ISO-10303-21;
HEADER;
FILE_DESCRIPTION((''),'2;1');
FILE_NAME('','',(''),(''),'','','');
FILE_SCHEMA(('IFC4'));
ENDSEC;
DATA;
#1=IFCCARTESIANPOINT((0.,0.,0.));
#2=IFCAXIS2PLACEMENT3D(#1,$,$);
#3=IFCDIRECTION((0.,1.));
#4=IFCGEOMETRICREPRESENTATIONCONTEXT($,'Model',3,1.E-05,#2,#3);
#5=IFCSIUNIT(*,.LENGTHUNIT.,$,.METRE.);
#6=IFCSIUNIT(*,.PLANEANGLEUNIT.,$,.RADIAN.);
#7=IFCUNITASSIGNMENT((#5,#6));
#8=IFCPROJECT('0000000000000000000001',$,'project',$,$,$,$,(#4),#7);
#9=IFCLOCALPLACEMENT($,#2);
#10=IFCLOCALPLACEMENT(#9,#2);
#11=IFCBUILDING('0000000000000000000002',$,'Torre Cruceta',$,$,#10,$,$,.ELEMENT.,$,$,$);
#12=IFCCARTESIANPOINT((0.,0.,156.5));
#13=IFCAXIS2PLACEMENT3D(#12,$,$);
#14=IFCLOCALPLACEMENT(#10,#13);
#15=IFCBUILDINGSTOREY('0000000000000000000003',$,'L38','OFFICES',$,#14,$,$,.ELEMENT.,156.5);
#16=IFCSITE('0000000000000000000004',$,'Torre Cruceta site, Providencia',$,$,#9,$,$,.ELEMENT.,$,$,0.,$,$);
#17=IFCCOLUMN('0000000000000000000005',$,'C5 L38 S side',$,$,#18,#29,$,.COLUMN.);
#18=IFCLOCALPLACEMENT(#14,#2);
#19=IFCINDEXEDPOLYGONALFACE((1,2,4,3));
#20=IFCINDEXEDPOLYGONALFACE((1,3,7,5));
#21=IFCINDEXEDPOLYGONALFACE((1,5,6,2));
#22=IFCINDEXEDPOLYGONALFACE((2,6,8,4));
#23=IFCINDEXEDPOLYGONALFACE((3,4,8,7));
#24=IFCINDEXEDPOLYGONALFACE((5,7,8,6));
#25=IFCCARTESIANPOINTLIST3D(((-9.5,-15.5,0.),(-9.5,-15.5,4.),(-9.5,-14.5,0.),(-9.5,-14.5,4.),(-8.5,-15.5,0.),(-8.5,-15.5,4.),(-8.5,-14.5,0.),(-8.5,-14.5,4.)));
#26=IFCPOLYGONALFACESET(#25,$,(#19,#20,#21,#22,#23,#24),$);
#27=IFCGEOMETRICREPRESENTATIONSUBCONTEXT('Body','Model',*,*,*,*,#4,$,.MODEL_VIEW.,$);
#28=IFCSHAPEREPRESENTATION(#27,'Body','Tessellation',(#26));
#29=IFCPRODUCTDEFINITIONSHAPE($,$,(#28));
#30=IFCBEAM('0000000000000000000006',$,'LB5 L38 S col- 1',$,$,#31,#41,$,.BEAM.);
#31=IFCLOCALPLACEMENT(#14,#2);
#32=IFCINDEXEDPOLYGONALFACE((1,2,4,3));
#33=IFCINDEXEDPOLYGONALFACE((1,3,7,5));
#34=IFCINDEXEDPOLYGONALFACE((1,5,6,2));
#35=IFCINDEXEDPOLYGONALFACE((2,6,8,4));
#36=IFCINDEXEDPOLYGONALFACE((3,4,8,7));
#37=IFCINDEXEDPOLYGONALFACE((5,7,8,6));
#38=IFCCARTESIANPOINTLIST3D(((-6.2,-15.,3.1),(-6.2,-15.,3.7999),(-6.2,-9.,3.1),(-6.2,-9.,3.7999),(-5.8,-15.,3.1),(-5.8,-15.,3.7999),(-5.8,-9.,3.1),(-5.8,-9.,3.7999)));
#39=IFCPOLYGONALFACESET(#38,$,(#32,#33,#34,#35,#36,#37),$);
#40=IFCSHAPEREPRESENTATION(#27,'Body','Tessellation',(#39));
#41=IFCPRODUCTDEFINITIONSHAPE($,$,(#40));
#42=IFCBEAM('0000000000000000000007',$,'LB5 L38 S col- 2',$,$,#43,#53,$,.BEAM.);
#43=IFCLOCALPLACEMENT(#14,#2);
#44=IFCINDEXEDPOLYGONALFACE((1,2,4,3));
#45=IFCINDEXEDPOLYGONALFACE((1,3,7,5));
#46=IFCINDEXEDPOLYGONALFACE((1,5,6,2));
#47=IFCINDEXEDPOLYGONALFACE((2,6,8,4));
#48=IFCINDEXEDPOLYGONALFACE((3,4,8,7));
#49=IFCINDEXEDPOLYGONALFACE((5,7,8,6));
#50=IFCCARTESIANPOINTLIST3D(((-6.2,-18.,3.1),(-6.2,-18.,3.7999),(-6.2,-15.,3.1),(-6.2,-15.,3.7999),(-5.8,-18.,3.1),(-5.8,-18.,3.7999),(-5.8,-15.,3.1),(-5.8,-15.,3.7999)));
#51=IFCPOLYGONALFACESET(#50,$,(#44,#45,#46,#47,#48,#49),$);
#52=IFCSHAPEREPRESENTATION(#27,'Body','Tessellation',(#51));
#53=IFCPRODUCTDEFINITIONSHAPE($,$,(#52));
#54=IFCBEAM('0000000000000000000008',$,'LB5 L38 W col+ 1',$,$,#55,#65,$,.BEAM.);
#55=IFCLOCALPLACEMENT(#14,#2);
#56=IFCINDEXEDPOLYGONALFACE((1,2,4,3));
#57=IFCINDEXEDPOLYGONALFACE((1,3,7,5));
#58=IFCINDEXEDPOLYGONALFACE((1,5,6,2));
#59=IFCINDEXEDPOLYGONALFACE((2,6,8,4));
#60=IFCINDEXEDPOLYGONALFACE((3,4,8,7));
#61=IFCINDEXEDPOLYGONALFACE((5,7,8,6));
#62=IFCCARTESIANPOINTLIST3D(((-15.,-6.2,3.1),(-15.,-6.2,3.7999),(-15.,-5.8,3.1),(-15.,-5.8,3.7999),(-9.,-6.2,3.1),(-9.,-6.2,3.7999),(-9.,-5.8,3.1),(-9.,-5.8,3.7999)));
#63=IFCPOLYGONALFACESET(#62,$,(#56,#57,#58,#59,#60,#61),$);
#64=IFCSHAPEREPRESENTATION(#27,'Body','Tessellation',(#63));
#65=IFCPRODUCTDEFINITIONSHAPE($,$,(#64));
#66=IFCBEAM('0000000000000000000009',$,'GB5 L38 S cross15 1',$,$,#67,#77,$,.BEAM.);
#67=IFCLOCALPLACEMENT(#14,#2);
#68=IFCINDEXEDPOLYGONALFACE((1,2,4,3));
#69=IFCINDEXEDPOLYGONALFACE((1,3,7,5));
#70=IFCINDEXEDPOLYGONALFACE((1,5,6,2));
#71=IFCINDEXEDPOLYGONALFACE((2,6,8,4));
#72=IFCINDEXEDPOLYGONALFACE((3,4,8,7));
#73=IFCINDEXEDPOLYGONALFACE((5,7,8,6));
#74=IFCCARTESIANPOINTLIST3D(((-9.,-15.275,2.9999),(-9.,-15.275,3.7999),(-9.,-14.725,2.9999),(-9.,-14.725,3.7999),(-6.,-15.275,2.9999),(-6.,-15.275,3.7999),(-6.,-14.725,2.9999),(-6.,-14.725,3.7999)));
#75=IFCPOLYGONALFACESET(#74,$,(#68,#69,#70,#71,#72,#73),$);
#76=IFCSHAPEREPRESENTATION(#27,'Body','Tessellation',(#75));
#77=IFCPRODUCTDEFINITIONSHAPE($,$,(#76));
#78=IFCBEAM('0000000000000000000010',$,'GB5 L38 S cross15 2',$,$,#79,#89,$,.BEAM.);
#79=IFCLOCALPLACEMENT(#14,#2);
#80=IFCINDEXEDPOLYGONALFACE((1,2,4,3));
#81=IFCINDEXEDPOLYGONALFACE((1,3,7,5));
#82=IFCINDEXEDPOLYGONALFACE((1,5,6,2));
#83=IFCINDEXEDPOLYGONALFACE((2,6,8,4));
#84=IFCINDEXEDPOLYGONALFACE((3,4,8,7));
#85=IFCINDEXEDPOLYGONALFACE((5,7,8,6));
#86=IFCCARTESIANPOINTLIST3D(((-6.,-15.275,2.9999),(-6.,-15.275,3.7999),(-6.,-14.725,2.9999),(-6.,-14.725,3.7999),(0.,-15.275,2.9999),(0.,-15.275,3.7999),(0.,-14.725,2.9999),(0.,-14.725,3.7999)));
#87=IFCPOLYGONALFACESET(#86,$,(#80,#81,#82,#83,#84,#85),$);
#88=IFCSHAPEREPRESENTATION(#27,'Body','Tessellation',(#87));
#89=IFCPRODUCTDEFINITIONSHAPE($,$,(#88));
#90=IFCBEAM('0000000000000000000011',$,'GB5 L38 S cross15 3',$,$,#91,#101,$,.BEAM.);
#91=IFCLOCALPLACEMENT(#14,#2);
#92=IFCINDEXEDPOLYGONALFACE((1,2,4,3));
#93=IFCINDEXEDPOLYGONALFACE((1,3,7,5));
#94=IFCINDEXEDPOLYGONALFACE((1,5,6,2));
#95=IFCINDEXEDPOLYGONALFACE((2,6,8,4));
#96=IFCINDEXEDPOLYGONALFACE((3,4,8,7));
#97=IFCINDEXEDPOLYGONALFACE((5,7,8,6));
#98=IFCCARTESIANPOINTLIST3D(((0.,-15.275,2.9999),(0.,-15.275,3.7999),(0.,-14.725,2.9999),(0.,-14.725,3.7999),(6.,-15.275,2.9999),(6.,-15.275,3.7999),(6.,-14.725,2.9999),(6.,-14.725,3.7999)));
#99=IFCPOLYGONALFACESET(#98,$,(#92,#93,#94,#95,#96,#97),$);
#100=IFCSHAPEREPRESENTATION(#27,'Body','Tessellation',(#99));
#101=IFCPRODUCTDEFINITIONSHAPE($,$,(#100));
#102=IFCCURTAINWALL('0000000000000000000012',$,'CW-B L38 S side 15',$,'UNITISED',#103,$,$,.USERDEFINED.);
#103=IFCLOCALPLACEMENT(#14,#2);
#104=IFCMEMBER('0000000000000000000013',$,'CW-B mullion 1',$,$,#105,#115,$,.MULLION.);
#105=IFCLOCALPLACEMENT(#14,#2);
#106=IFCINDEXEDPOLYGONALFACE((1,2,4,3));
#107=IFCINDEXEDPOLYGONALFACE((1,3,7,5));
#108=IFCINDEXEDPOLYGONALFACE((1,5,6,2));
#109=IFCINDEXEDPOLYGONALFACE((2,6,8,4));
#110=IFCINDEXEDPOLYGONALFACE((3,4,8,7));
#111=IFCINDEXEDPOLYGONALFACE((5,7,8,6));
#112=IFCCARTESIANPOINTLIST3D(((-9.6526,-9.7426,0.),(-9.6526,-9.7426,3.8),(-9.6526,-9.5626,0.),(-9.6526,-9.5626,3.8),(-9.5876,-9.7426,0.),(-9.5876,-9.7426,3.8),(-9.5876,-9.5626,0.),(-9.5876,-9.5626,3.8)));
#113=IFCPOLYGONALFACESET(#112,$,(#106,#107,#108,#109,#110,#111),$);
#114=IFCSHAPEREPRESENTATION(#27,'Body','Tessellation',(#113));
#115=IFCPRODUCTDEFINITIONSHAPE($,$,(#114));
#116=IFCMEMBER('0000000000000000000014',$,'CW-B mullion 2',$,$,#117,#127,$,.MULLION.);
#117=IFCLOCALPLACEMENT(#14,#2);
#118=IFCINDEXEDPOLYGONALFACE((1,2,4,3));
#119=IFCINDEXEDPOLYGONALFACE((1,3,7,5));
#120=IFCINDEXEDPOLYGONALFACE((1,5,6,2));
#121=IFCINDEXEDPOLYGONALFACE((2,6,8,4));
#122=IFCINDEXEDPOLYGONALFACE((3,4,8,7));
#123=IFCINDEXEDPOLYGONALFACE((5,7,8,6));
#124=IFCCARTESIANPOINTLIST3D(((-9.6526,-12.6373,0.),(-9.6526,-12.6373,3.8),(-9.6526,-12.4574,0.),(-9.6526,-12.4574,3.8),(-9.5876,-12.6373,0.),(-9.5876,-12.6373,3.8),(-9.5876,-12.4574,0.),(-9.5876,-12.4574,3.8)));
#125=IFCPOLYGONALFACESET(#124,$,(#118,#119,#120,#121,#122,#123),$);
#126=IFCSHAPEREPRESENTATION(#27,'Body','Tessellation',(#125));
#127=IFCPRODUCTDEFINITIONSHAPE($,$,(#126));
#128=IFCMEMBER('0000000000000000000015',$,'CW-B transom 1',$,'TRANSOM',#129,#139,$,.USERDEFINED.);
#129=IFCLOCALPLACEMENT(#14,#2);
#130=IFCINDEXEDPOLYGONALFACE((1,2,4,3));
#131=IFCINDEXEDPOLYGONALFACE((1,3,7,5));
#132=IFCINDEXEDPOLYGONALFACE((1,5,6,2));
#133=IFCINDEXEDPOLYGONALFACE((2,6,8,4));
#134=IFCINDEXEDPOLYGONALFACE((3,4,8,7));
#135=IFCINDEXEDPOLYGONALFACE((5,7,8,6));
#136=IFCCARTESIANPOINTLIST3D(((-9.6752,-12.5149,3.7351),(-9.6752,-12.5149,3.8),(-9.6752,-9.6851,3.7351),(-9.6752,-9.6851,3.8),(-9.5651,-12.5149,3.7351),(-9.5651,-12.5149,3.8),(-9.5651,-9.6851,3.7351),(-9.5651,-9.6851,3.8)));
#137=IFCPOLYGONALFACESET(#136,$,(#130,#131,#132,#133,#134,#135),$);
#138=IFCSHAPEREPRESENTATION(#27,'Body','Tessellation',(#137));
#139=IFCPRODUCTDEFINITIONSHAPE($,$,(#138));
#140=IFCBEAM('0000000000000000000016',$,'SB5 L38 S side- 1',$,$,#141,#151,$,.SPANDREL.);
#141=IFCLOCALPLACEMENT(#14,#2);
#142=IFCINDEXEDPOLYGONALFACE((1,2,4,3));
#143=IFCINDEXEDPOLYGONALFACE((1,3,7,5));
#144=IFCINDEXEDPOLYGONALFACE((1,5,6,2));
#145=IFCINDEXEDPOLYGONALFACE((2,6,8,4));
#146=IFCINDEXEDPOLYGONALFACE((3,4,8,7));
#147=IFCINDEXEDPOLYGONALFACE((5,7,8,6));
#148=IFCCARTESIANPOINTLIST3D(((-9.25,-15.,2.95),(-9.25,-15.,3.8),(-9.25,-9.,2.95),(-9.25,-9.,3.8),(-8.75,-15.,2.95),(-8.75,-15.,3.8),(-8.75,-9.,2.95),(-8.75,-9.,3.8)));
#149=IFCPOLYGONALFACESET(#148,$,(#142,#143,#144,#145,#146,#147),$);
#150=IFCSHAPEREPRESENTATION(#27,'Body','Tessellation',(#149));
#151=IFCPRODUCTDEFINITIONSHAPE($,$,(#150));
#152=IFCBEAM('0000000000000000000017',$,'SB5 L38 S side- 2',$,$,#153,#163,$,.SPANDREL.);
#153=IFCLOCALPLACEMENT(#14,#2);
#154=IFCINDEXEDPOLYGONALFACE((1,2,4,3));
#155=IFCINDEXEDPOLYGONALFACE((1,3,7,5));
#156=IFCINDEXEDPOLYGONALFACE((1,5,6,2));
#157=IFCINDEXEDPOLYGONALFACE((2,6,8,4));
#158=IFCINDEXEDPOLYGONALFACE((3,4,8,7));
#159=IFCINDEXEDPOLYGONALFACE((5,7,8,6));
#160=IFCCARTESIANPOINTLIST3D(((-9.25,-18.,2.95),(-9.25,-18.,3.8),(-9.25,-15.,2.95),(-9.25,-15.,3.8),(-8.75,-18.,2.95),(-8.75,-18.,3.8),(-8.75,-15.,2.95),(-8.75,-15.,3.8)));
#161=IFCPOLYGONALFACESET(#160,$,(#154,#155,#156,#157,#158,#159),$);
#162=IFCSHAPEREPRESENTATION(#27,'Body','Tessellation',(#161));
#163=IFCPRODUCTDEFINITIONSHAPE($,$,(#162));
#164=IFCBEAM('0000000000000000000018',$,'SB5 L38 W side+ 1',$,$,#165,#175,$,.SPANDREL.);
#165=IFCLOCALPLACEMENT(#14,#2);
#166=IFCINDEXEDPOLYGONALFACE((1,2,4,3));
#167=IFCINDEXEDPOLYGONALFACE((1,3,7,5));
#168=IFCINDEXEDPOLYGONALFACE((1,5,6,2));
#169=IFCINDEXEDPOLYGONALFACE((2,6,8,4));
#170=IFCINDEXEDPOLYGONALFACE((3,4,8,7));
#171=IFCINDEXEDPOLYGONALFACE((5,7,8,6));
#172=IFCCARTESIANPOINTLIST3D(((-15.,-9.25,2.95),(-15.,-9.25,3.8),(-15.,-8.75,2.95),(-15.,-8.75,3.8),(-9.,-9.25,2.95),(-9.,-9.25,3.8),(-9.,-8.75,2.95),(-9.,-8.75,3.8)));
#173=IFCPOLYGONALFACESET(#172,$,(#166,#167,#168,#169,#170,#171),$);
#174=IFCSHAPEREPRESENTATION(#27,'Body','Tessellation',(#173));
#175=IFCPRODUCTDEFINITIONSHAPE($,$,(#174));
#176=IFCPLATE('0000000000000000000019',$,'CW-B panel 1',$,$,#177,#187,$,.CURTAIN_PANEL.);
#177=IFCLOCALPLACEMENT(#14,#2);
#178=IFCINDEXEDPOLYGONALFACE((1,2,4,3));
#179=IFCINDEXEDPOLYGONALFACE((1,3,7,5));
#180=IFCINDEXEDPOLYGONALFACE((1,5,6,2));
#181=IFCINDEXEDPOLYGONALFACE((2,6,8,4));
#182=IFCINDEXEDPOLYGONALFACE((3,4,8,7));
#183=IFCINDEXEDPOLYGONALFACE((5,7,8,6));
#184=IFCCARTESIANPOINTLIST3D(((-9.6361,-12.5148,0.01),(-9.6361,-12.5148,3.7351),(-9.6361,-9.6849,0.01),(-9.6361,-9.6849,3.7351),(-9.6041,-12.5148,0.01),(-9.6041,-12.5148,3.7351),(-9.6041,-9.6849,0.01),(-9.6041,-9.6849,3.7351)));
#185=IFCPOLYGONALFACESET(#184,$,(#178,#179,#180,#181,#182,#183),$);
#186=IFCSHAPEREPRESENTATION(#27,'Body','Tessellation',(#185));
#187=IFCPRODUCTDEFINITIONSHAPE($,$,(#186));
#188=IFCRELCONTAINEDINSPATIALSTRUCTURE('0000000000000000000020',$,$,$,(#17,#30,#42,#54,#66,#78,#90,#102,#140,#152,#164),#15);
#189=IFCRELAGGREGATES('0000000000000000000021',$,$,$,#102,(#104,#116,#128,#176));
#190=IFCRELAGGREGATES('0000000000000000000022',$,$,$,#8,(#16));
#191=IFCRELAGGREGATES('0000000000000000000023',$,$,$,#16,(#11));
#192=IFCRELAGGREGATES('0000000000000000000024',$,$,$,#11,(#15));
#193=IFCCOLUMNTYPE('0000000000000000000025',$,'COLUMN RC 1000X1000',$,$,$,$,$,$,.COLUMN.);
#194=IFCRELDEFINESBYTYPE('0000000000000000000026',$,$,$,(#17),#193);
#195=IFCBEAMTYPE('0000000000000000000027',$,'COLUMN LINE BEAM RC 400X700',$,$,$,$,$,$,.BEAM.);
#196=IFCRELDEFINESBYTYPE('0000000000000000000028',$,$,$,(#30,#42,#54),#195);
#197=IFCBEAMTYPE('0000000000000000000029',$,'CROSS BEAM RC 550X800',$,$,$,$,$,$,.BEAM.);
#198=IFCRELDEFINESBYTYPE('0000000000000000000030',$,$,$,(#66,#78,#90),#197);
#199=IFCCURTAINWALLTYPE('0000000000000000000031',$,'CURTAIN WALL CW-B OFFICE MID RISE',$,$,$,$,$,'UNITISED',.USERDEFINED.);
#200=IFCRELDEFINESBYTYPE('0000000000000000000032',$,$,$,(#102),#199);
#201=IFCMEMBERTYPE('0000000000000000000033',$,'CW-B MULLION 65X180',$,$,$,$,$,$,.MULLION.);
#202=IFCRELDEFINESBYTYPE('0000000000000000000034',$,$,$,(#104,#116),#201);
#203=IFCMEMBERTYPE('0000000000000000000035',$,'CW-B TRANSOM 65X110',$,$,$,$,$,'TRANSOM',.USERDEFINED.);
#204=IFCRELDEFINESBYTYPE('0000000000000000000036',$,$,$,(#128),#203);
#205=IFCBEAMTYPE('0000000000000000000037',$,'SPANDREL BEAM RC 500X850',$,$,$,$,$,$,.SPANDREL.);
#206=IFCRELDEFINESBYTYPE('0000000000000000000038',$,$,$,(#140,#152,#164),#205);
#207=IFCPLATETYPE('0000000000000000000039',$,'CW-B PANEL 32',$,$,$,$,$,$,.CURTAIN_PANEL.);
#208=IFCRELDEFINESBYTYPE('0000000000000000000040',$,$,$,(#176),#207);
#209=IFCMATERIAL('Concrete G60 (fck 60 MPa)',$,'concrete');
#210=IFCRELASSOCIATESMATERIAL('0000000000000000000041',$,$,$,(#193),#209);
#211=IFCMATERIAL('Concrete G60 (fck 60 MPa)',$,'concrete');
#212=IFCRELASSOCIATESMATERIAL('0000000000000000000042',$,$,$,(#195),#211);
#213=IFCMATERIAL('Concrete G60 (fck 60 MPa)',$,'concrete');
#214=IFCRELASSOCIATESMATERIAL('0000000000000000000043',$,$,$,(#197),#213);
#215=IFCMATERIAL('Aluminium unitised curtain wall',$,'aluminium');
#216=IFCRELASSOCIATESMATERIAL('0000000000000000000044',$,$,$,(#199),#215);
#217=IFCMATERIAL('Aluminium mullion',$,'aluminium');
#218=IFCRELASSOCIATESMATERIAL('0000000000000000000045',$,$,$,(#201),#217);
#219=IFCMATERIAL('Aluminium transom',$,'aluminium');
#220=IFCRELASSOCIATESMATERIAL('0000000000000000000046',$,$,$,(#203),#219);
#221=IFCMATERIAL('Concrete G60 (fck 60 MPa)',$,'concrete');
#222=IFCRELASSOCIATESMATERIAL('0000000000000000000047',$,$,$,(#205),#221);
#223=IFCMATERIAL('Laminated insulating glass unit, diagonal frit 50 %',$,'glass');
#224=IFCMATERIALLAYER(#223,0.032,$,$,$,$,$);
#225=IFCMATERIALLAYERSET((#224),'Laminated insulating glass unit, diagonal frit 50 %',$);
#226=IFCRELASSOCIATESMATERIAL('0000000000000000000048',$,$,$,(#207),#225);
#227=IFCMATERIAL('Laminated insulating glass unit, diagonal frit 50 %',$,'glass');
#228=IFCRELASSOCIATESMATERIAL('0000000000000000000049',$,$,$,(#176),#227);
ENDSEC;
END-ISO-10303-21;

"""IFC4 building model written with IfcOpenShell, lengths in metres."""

from ifc_helpers import new_model, si_unit, direction, frame, origin, origin_2d, place, context, subcontext, project, spatial, rectangle, extrude, material, layer, layer_set, material_profile, profile_set, type_object, element, aggregate, save


model = new_model("IFC4")

# Units and contexts
model_context = context("Model", 3, precision=1e-05, world=origin(), true_north=direction((0.0, 1.0)))
body_context = subcontext(model_context, "Body", "Model", "MODEL_VIEW")
ifc_project = project(units=[si_unit("LENGTHUNIT", "METRE"), si_unit("PLANEANGLEUNIT", "RADIAN")], contexts=[model_context])

# Site, building, storey
site_placement = place(None, origin())
site = spatial("IfcSite", under=ifc_project, at=site_placement, Name="Torre Cruceta site, Providencia", CompositionType="ELEMENT", RefElevation=0.0)
building_placement = place(site_placement, origin())
building = spatial("IfcBuilding", under=site, at=building_placement, Name="Torre Cruceta", CompositionType="ELEMENT")
storey_placement = place(building_placement, frame((0.0, 0.0, 156.5)))
storey = spatial("IfcBuildingStorey", under=building, at=storey_placement, Name="L38", Description="OFFICES", CompositionType="ELEMENT", Elevation=156.5)

# Column
ifc_material_1 = material(Name="Concrete G60 (fck 60 MPa)", Category="concrete")
ifc_material_profile_1 = material_profile(ifc_material_1, rectangle(XDim=1.0, YDim=1.0, at=origin_2d()), Name="RC 1000X1000")
ifc_profile_set_1 = profile_set([ifc_material_profile_1], Name="Concrete G60 (fck 60 MPa)")
column_type = type_object("IfcColumnType", Name="COLUMN RC 1000X1000", PredefinedType="COLUMN", material=ifc_profile_set_1)
column_placement = place(storey_placement, frame((-9.0, -15.0, 0.0), z_axis=(0.0, 0.0, 1.0), x_axis=(1.0, 0.0, 0.0)))
element("IfcColumn", 1, at=column_placement, inside=storey, type_object=column_type, Name="C5 L38 S side", PredefinedType="COLUMN", context=body_context, shape_type="SweptSolid", body=[
    extrude(rectangle(XDim=1.0, YDim=1.0, at=origin_2d()), origin(), (0.0, 0.0, 1.0), 4.0),
])

# Beams
ifc_material_2 = material(Name="Concrete G60 (fck 60 MPa)", Category="concrete")
ifc_material_profile_2 = material_profile(ifc_material_2, rectangle(XDim=0.3999, YDim=0.7, at=origin_2d()), Name="RC 400X700")
ifc_profile_set_2 = profile_set([ifc_material_profile_2], Name="Concrete G60 (fck 60 MPa)")
beam_type_1 = type_object("IfcBeamType", Name="COLUMN LINE BEAM RC 400X700", PredefinedType="BEAM", material=ifc_profile_set_2)
beam_1_placement = place(storey_placement, frame((-6.0, -9.0, 3.45), z_axis=(0.0, -1.0, 0.0), x_axis=(1.0, 0.0, 0.0)))
element("IfcBeam", 2, at=beam_1_placement, inside=storey, type_object=beam_type_1, Name="LB5 L38 S col- 1", PredefinedType="BEAM", context=body_context, shape_type="SweptSolid", body=[
    extrude(rectangle(XDim=0.3999, YDim=0.7, at=origin_2d()), origin(), (0.0, 0.0, 1.0), 6.0),
])
beam_2_placement = place(storey_placement, frame((-6.0, -15.0, 3.45), z_axis=(0.0, -1.0, 0.0), x_axis=(1.0, 0.0, 0.0)))
element("IfcBeam", 3, at=beam_2_placement, inside=storey, type_object=beam_type_1, Name="LB5 L38 S col- 2", PredefinedType="BEAM", context=body_context, shape_type="SweptSolid", body=[
    extrude(rectangle(XDim=0.3999, YDim=0.7, at=origin_2d()), origin(), (0.0, 0.0, 1.0), 3.0),
])
beam_3_placement = place(storey_placement, frame((-9.0, -6.0, 3.45), z_axis=(-1.0, 0.0, 0.0), x_axis=(0.0, -1.0, 0.0)))
element("IfcBeam", 4, at=beam_3_placement, inside=storey, type_object=beam_type_1, Name="LB5 L38 W col+ 1", PredefinedType="BEAM", context=body_context, shape_type="SweptSolid", body=[
    extrude(rectangle(XDim=0.3999, YDim=0.7, at=origin_2d()), origin(), (0.0, 0.0, 1.0), 6.0),
])
ifc_material_3 = material(Name="Concrete G60 (fck 60 MPa)", Category="concrete")
ifc_material_profile_3 = material_profile(ifc_material_3, rectangle(XDim=0.55, YDim=0.8, at=origin_2d()), Name="RC 550X800")
ifc_profile_set_3 = profile_set([ifc_material_profile_3], Name="Concrete G60 (fck 60 MPa)")
beam_type_2 = type_object("IfcBeamType", Name="CROSS BEAM RC 550X800", PredefinedType="BEAM", material=ifc_profile_set_3)
beam_4_placement = place(storey_placement, frame((-9.0, -15.0, 3.3999), z_axis=(1.0, 0.0, 0.0), x_axis=(0.0, 1.0, 0.0)))
element("IfcBeam", 5, at=beam_4_placement, inside=storey, type_object=beam_type_2, Name="GB5 L38 S cross15 1", PredefinedType="BEAM", context=body_context, shape_type="SweptSolid", body=[
    extrude(rectangle(XDim=0.55, YDim=0.8, at=origin_2d()), origin(), (0.0, 0.0, 1.0), 3.0),
])
for number, where, z_axis, x_axis, name in (
    (6, (-6.0, -15.0, 3.3999), (1.0, 0.0, 0.0), (0.0, 1.0, 0.0), "GB5 L38 S cross15 2"),
    (7, (0.0, -15.0, 3.3999), (1.0, 0.0, 0.0), (0.0, 1.0, 0.0), "GB5 L38 S cross15 3"),
):
    element("IfcBeam", number, at=place(storey_placement, frame(where, z_axis=z_axis, x_axis=x_axis)), inside=storey, type_object=beam_type_2, Name=name, PredefinedType="BEAM", context=body_context, shape_type="SweptSolid", body=[
        extrude(rectangle(XDim=0.55, YDim=0.8, at=origin_2d()), origin(), (0.0, 0.0, 1.0), 6.0),
    ])

# Curtain wall, members
ifc_material_4 = material(Name="Aluminium unitised curtain wall", Category="aluminium")
curtain_wall_type = type_object("IfcCurtainWallType", Name="CURTAIN WALL CW-B OFFICE MID RISE", ElementType="UNITISED", PredefinedType="USERDEFINED", material=ifc_material_4)
curtain_wall_placement = place(storey_placement, origin())
curtain_wall = element("IfcCurtainWall", 8, at=curtain_wall_placement, inside=storey, type_object=curtain_wall_type, Name="CW-B L38 S side 15", ObjectType="UNITISED", PredefinedType="USERDEFINED")
ifc_material_5 = material(Name="Aluminium mullion", Category="aluminium")
ifc_material_profile_4 = material_profile(ifc_material_5, rectangle(XDim=0.0649, YDim=0.1799, at=origin_2d()), Name="AL 65X180")
ifc_profile_set_4 = profile_set([ifc_material_profile_4], Name="Aluminium mullion")
member_type_1 = type_object("IfcMemberType", Name="CW-B MULLION 65X180", PredefinedType="MULLION", material=ifc_profile_set_4)
member_1_placement = place(storey_placement, frame((-9.6201, -9.6526, 0.0), z_axis=(0.0, 0.0, 1.0), x_axis=(1.0, 0.0, 0.0)))
member_1 = element("IfcMember", 9, at=member_1_placement, type_object=member_type_1, Name="CW-B mullion 1", PredefinedType="MULLION", context=body_context, shape_type="SweptSolid", body=[
    extrude(rectangle(XDim=0.0649, YDim=0.1799, at=origin_2d()), origin(), (0.0, 0.0, 1.0), 3.8),
])
member_2_placement = place(storey_placement, frame((-9.6201, -12.5474, 0.0), z_axis=(0.0, 0.0, 1.0), x_axis=(1.0, 0.0, 0.0)))
member_2 = element("IfcMember", 10, at=member_2_placement, type_object=member_type_1, Name="CW-B mullion 2", PredefinedType="MULLION", context=body_context, shape_type="SweptSolid", body=[
    extrude(rectangle(XDim=0.0649, YDim=0.1799, at=origin_2d()), origin(), (0.0, 0.0, 1.0), 3.8),
])
ifc_material_6 = material(Name="Aluminium transom", Category="aluminium")
ifc_material_profile_5 = material_profile(ifc_material_6, rectangle(XDim=0.1101, YDim=0.0649, at=origin_2d()), Name="AL 110X65")
ifc_profile_set_5 = profile_set([ifc_material_profile_5], Name="Aluminium transom")
member_type_2 = type_object("IfcMemberType", Name="CW-B TRANSOM 65X110", ElementType="TRANSOM", PredefinedType="USERDEFINED", material=ifc_profile_set_5)
member_3_placement = place(storey_placement, frame((-9.6201, -9.6851, 3.7676), z_axis=(0.0, -1.0, 0.0), x_axis=(1.0, 0.0, 0.0)))
member_3 = element("IfcMember", 11, at=member_3_placement, type_object=member_type_2, Name="CW-B transom 1", ObjectType="TRANSOM", PredefinedType="USERDEFINED", context=body_context, shape_type="SweptSolid", body=[
    extrude(rectangle(XDim=0.1101, YDim=0.0649, at=origin_2d()), origin(), (0.0, 0.0, 1.0), 2.8298),
])

# Beams
ifc_material_7 = material(Name="Concrete G60 (fck 60 MPa)", Category="concrete")
ifc_material_profile_6 = material_profile(ifc_material_7, rectangle(XDim=0.5, YDim=0.8501, at=origin_2d()), Name="RC 500X850")
ifc_profile_set_6 = profile_set([ifc_material_profile_6], Name="Concrete G60 (fck 60 MPa)")
beam_type_3 = type_object("IfcBeamType", Name="SPANDREL BEAM RC 500X850", PredefinedType="SPANDREL", material=ifc_profile_set_6)
beam_5_placement = place(storey_placement, frame((-9.0, -9.0, 3.375), z_axis=(0.0, -1.0, 0.0), x_axis=(1.0, 0.0, 0.0)))
element("IfcBeam", 12, at=beam_5_placement, inside=storey, type_object=beam_type_3, Name="SB5 L38 S side- 1", PredefinedType="SPANDREL", context=body_context, shape_type="SweptSolid", body=[
    extrude(rectangle(XDim=0.5, YDim=0.8501, at=origin_2d()), origin(), (0.0, 0.0, 1.0), 6.0),
])
beam_6_placement = place(storey_placement, frame((-9.0, -15.0, 3.375), z_axis=(0.0, -1.0, 0.0), x_axis=(1.0, 0.0, 0.0)))
element("IfcBeam", 13, at=beam_6_placement, inside=storey, type_object=beam_type_3, Name="SB5 L38 S side- 2", PredefinedType="SPANDREL", context=body_context, shape_type="SweptSolid", body=[
    extrude(rectangle(XDim=0.5, YDim=0.8501, at=origin_2d()), origin(), (0.0, 0.0, 1.0), 3.0),
])
beam_7_placement = place(storey_placement, frame((-9.0, -9.0, 3.375), z_axis=(-1.0, 0.0, 0.0), x_axis=(0.0, -1.0, 0.0)))
element("IfcBeam", 14, at=beam_7_placement, inside=storey, type_object=beam_type_3, Name="SB5 L38 W side+ 1", PredefinedType="SPANDREL", context=body_context, shape_type="SweptSolid", body=[
    extrude(rectangle(XDim=0.5, YDim=0.8501, at=origin_2d()), origin(), (0.0, 0.0, 1.0), 6.0),
])

# Plate
ifc_material_8 = material(Name="Laminated insulating glass unit, diagonal frit 50 %", Category="glass")
ifc_material_9 = material(Name="Laminated insulating glass unit, diagonal frit 50 %", Category="glass")
ifc_layer_1 = layer(ifc_material_9, 0.032)
ifc_layer_set_1 = layer_set([ifc_layer_1], Name="Laminated insulating glass unit, diagonal frit 50 %")
plate_type = type_object("IfcPlateType", Name="CW-B PANEL 32", PredefinedType="CURTAIN_PANEL", material=ifc_layer_set_1)
plate_placement = place(storey_placement, frame((-9.6201, -11.0999, 0.01), z_axis=(0.0, 0.0, 1.0), x_axis=(0.0, -1.0, 0.0)))
plate = element("IfcPlate", 15, at=plate_placement, type_object=plate_type, material=ifc_material_8, Name="CW-B panel 1", PredefinedType="CURTAIN_PANEL", context=body_context, shape_type="SweptSolid", body=[
    extrude(rectangle(XDim=2.8298, YDim=0.032, at=origin_2d()), origin(), (0.0, 0.0, 1.0), 3.7251),
])
aggregate(curtain_wall, [member_1, member_2, member_3, plate])

save(model, "model.ifc")
